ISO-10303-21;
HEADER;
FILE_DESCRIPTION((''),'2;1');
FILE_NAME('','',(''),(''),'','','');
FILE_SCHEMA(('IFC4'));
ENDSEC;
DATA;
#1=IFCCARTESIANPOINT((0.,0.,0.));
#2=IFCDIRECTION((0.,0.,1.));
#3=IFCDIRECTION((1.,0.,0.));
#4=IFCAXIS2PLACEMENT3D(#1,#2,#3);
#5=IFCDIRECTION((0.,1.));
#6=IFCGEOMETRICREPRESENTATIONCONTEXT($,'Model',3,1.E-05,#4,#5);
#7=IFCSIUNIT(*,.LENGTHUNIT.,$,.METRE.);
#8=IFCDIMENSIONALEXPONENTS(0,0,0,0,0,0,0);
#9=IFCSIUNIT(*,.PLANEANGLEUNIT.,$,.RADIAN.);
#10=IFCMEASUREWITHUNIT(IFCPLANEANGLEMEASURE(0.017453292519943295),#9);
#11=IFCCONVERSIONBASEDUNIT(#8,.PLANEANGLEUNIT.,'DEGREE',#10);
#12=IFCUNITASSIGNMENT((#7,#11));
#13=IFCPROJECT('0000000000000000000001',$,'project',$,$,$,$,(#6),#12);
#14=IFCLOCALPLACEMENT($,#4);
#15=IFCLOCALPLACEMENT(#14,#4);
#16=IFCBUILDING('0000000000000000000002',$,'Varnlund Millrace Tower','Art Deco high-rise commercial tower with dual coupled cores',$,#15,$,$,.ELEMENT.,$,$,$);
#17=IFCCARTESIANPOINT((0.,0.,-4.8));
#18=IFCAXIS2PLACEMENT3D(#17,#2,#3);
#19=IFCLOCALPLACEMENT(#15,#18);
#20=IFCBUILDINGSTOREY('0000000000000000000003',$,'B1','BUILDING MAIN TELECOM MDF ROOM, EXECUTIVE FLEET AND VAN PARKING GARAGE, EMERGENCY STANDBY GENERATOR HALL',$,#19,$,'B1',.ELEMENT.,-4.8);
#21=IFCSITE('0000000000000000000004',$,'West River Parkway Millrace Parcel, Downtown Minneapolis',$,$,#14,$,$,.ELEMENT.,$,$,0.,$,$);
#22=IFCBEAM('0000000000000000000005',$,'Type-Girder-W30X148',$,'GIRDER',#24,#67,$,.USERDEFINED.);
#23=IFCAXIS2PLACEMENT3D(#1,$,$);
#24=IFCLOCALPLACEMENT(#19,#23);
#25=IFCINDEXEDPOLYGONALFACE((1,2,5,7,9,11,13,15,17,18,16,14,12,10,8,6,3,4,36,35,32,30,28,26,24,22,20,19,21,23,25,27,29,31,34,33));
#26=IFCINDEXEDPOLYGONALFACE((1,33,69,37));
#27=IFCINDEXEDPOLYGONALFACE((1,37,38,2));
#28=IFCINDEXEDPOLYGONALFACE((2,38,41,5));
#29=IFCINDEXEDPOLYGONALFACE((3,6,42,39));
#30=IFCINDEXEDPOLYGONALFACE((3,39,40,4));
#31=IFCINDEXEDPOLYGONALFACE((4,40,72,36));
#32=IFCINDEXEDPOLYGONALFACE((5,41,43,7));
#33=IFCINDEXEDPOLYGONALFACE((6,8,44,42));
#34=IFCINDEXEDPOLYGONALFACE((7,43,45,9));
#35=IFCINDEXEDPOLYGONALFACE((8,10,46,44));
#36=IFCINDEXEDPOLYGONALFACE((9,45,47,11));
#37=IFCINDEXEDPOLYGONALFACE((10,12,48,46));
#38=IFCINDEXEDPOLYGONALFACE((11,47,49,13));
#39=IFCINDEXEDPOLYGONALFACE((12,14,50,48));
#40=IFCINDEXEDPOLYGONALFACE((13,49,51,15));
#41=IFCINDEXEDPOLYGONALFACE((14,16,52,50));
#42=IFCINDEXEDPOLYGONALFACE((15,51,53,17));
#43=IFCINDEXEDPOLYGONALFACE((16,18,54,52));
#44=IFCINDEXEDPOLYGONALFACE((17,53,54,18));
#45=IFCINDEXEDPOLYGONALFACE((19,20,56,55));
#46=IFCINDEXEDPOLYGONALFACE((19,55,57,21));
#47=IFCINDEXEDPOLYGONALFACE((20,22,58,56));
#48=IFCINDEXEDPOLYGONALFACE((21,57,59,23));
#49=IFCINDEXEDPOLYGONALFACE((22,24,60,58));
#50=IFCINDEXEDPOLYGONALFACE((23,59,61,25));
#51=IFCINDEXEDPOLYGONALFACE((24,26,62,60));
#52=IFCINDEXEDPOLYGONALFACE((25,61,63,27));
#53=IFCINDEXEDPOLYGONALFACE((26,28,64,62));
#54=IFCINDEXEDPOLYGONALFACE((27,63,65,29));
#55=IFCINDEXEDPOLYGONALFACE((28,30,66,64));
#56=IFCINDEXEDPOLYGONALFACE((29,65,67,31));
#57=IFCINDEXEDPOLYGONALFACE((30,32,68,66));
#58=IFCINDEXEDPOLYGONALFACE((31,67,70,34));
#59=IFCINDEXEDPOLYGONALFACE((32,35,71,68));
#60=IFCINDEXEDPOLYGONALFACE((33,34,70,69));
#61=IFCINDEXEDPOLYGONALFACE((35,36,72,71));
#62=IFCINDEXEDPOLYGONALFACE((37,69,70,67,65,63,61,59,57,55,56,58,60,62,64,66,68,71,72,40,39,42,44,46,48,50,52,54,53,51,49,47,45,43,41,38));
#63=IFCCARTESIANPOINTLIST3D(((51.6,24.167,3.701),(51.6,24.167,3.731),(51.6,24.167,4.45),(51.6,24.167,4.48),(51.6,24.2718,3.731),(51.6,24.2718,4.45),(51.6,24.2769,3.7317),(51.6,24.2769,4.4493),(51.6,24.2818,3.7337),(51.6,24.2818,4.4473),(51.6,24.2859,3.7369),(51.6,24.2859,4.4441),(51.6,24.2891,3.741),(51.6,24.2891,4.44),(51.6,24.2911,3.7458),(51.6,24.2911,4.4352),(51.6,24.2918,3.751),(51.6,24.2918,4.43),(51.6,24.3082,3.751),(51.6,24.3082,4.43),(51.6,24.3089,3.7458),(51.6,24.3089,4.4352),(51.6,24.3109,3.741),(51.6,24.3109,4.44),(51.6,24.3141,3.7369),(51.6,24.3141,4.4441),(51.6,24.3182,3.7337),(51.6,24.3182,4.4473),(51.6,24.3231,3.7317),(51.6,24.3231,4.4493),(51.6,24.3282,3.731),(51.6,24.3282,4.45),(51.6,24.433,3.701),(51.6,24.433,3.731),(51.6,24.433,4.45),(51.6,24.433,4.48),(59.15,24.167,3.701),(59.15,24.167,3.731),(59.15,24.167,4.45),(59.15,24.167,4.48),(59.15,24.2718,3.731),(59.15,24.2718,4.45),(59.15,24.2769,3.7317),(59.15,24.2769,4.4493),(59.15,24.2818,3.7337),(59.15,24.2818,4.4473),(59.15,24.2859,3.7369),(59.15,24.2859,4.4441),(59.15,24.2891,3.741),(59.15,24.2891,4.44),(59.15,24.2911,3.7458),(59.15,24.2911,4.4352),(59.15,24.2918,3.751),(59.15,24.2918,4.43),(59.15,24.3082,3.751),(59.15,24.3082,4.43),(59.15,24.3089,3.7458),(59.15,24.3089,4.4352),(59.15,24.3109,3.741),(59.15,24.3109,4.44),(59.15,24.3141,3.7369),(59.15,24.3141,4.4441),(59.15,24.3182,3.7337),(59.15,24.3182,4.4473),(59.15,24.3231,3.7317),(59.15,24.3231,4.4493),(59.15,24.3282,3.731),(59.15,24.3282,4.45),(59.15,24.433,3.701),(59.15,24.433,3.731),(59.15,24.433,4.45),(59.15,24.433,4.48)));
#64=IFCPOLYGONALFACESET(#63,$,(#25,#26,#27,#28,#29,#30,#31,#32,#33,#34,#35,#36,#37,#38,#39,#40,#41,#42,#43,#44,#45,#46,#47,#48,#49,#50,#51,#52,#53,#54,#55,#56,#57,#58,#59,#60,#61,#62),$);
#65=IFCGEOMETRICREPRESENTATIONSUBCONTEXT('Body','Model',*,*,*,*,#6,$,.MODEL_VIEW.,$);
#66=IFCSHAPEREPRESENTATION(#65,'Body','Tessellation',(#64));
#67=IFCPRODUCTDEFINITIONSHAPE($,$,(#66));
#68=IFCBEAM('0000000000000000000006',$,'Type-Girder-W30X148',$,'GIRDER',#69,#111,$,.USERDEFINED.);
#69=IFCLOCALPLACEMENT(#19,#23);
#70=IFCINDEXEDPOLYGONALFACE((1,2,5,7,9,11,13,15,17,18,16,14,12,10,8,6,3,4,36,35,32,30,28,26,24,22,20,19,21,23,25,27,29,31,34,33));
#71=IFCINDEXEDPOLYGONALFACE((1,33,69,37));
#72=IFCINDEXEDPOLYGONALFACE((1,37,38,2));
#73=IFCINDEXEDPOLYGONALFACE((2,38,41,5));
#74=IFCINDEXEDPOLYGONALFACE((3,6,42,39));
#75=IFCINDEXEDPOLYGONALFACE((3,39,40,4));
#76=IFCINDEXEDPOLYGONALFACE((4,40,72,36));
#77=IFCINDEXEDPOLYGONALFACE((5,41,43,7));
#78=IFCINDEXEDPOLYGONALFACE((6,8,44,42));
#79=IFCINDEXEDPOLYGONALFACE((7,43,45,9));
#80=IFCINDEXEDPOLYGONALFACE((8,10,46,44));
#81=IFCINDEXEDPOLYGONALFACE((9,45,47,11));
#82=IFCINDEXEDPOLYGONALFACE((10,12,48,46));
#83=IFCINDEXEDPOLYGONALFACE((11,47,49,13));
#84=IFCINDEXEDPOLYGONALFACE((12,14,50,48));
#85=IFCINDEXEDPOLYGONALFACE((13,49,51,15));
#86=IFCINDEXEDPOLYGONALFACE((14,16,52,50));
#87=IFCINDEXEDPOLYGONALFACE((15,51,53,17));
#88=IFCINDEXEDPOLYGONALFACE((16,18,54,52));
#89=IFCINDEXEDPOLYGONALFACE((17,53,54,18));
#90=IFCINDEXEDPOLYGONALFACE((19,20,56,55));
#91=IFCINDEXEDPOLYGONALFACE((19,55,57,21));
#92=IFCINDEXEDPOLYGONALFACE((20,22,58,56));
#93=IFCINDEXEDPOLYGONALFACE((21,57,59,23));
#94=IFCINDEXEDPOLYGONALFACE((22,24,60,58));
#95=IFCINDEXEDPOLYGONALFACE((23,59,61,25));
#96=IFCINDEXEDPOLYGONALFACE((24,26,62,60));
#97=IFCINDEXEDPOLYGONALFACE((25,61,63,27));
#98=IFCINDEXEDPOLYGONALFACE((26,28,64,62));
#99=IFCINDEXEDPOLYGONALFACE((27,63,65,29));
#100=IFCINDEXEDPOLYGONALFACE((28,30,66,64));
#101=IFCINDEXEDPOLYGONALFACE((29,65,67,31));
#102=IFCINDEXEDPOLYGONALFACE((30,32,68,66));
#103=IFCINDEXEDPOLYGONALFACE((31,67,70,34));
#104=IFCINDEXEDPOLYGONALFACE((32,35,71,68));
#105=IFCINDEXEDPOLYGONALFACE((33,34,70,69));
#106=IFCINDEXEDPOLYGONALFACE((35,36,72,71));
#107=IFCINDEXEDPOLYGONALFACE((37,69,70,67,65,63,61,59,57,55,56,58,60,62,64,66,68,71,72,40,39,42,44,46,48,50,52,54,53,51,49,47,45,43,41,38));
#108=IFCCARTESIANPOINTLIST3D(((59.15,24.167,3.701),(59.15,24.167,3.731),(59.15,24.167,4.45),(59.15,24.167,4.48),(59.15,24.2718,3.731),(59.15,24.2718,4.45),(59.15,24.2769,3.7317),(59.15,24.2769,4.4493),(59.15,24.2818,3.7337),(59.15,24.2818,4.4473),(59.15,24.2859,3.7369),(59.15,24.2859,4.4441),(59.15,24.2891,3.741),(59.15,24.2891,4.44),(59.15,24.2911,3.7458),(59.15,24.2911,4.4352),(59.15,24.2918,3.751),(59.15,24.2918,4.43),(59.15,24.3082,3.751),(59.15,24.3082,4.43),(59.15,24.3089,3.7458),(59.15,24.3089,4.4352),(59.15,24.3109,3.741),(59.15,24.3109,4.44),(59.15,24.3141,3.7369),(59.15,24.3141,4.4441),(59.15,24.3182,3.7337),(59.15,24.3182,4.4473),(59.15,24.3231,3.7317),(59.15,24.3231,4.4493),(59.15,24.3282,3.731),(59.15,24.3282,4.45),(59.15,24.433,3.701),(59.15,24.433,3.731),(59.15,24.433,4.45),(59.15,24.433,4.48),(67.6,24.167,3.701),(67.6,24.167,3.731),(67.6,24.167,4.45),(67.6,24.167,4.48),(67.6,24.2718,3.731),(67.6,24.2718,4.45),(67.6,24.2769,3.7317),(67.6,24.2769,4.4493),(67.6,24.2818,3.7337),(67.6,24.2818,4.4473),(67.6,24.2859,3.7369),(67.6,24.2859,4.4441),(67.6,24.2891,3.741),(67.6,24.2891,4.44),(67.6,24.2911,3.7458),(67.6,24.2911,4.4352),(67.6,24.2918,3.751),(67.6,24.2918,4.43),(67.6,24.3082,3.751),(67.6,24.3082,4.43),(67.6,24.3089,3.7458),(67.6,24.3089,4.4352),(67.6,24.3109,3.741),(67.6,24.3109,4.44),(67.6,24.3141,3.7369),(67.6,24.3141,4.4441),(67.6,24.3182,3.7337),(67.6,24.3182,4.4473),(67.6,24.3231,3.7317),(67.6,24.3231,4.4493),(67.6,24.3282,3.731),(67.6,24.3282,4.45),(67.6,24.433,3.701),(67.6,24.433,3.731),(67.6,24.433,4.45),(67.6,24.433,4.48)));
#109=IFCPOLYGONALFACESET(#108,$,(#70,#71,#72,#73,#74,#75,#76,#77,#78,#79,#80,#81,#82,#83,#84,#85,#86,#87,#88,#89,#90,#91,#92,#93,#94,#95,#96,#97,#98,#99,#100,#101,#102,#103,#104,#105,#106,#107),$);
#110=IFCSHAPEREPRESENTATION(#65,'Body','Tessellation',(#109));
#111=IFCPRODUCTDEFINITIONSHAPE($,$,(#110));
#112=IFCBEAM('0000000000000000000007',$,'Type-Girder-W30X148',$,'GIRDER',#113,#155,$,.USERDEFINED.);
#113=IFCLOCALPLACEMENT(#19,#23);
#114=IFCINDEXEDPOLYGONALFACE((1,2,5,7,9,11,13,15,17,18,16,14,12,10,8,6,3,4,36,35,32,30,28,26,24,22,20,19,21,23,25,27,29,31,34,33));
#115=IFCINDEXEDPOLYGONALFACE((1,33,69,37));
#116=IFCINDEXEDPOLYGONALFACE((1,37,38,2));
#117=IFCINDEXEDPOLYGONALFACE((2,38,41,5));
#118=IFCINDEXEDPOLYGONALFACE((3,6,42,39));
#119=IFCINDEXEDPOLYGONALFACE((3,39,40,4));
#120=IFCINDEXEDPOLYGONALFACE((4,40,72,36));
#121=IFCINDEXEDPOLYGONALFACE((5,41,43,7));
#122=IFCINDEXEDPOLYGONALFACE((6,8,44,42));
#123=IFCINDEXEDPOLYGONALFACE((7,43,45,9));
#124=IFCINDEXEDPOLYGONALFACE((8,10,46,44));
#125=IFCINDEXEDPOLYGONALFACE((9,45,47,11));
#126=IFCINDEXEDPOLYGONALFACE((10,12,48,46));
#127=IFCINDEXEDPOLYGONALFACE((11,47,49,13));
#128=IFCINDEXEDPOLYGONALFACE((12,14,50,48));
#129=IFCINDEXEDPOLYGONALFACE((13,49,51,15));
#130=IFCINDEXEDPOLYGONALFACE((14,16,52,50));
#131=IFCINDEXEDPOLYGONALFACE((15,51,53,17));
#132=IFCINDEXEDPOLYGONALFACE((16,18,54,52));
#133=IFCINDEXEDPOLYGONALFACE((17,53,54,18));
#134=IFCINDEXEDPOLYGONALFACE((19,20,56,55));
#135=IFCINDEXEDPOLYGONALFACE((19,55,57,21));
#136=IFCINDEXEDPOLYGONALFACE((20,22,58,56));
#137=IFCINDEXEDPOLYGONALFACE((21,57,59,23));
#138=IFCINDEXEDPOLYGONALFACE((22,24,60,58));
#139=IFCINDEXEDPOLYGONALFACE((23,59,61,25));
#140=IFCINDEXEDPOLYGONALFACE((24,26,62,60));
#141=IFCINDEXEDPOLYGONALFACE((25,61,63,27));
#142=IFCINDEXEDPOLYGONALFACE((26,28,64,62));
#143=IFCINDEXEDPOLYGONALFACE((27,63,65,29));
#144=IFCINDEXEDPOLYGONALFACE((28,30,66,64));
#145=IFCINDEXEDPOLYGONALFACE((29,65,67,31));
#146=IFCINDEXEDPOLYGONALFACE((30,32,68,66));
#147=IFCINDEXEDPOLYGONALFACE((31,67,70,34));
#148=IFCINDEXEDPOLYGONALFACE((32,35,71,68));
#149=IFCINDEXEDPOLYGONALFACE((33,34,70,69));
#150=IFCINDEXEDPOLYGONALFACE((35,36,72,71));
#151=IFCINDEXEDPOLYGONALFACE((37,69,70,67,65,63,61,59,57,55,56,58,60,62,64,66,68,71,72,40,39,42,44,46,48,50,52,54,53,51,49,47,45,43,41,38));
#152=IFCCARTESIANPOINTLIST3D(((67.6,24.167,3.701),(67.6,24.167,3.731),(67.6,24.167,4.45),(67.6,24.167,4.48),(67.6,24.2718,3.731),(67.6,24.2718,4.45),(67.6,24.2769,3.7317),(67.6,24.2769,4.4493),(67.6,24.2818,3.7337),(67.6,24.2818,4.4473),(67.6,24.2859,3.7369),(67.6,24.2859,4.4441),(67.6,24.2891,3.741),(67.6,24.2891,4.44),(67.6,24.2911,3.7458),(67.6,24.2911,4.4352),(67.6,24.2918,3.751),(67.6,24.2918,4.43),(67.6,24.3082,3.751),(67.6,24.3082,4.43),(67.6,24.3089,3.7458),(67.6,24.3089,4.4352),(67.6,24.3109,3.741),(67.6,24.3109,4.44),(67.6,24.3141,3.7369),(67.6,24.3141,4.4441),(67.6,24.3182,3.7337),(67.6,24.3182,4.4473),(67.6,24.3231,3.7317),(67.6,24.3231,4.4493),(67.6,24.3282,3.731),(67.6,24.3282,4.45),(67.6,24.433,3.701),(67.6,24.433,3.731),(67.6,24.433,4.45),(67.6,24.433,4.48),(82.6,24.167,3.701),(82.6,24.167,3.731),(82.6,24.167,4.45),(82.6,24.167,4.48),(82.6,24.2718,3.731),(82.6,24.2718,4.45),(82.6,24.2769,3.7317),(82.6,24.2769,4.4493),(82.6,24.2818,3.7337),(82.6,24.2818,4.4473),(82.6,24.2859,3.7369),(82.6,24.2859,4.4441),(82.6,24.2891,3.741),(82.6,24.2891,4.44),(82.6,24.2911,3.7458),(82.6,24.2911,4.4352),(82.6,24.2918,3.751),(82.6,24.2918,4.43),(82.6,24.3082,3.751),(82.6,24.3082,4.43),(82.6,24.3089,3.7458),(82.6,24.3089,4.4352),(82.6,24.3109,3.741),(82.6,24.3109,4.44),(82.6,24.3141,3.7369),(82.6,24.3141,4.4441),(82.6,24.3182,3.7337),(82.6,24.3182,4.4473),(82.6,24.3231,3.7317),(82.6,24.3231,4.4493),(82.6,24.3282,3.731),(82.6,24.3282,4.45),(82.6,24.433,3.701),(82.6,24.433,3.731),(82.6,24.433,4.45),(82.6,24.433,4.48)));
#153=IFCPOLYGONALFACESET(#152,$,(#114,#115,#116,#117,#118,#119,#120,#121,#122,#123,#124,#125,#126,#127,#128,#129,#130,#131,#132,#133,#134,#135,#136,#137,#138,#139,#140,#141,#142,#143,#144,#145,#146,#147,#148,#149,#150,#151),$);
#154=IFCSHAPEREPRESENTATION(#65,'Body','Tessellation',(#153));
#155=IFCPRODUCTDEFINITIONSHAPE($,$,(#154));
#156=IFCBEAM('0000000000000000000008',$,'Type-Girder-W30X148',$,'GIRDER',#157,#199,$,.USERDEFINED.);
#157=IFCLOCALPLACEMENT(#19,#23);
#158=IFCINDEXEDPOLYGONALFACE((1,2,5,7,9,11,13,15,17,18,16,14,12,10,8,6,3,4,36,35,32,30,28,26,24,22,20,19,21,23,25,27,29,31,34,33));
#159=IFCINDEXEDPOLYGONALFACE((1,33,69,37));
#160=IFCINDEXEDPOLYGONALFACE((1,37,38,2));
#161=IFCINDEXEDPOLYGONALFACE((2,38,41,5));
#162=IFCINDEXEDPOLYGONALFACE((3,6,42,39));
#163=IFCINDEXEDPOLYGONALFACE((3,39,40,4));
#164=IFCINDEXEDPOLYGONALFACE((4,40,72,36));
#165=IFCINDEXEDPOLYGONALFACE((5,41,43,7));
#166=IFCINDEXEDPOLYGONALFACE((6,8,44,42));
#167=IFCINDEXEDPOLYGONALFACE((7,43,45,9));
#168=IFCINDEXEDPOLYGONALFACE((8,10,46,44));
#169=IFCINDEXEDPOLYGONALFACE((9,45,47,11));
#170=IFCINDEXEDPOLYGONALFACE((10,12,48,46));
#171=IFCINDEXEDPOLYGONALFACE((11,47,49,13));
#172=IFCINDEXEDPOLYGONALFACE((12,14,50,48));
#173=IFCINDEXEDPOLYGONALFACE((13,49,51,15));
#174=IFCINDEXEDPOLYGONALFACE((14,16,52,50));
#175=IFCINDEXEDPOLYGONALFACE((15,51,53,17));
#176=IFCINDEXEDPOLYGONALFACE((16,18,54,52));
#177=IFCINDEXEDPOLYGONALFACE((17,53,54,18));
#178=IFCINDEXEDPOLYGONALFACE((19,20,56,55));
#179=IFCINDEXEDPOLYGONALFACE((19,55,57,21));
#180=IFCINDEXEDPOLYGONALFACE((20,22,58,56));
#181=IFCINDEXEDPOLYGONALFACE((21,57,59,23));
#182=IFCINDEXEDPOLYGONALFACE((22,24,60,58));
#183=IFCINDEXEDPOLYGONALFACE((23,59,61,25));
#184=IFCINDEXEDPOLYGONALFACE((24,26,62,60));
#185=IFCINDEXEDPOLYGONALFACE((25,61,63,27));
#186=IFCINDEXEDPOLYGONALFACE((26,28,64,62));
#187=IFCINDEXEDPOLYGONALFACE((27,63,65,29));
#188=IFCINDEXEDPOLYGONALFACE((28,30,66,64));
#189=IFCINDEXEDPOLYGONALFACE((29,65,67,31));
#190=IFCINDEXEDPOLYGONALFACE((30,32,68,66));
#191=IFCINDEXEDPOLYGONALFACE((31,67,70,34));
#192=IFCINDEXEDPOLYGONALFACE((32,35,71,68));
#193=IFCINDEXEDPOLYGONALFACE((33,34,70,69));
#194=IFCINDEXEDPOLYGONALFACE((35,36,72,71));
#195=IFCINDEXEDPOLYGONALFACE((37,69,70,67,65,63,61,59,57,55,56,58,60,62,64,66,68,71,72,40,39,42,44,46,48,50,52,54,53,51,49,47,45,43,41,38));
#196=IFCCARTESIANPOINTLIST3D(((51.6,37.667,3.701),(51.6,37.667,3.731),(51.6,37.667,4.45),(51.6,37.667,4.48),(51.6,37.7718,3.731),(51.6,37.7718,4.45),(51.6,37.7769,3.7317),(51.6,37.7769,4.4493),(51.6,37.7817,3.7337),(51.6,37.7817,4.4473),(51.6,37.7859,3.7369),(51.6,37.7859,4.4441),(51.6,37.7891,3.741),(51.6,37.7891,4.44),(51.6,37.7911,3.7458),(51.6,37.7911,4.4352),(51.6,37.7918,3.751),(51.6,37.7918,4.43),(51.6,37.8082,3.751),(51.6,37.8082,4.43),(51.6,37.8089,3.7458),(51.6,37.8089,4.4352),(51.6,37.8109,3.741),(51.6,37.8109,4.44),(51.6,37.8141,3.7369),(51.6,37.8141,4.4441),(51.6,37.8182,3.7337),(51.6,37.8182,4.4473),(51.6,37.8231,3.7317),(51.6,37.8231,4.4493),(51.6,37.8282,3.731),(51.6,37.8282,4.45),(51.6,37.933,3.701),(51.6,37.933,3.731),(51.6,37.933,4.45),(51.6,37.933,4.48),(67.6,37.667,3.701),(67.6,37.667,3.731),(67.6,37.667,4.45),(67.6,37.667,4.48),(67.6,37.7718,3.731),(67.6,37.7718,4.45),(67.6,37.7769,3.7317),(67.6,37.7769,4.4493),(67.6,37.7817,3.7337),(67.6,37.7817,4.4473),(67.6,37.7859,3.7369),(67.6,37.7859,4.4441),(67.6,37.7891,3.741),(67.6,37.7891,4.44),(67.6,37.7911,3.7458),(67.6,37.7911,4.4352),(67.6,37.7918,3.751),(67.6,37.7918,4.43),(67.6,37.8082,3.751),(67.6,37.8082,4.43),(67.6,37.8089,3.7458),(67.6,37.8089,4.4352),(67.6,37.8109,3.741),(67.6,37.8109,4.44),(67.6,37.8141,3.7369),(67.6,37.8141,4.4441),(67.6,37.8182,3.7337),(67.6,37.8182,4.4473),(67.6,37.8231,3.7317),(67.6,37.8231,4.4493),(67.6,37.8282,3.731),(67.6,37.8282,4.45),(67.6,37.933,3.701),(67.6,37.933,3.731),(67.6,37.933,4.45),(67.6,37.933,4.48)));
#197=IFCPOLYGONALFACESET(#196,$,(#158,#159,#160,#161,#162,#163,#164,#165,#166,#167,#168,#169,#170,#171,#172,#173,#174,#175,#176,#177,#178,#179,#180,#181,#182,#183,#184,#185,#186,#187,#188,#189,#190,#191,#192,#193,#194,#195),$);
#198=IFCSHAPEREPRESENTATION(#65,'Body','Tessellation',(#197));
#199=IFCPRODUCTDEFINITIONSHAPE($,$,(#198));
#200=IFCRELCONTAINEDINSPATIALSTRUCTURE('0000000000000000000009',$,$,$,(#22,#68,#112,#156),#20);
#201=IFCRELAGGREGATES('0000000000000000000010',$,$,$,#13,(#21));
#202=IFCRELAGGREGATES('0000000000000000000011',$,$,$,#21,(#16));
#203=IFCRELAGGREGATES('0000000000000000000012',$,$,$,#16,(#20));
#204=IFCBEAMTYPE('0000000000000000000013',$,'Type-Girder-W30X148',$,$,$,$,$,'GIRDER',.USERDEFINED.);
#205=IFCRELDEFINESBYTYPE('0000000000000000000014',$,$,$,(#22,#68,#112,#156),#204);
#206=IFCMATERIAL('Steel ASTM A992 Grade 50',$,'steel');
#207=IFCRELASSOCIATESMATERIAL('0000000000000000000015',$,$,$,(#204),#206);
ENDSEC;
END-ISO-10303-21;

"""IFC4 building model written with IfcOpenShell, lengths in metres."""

from ifc_helpers import new_model, entity, si_unit, converted_unit, direction, frame, origin_with_axes, origin_2d_with_axis, place, context, subcontext, project, spatial, i_section, extrude, material, material_profile, profile_set, type_object, element, save


model = new_model("IFC4")

# Units and contexts
model_context = context("Model", 3, precision=1e-05, world=origin_with_axes(), true_north=direction((0.0, 1.0)))
body_context = subcontext(model_context, "Body", "Model", "MODEL_VIEW")
ifc_project = project(units=[si_unit("LENGTHUNIT", "METRE"), converted_unit("PLANEANGLEUNIT", "DEGREE", entity("IfcPlaneAngleMeasure", 0.017453292519943295), si_unit("PLANEANGLEUNIT", "RADIAN"), dimensions=[0, 0, 0, 0, 0, 0, 0])], contexts=[model_context])

# Site, building, storey
site_placement = place(None, origin_with_axes())
site = spatial("IfcSite", under=ifc_project, at=site_placement, Name="West River Parkway Millrace Parcel, Downtown Minneapolis", CompositionType="ELEMENT", RefElevation=0.0)
building_placement = place(site_placement, origin_with_axes())
building = spatial("IfcBuilding", under=site, at=building_placement, Name="Varnlund Millrace Tower", Description="Art Deco high-rise commercial tower with dual coupled cores", CompositionType="ELEMENT")
storey_placement = place(building_placement, frame((0.0, 0.0, -4.8), z_axis=(0.0, 0.0, 1.0), x_axis=(1.0, 0.0, 0.0)))
storey = spatial("IfcBuildingStorey", under=building, at=storey_placement, Name="B1", Description="BUILDING MAIN TELECOM MDF ROOM, EXECUTIVE FLEET AND VAN PARKING GARAGE, EMERGENCY STANDBY GENERATOR HALL", LongName="B1", CompositionType="ELEMENT", Elevation=-4.8)

# Beams
ifc_material_1 = material(Name="Steel ASTM A992 Grade 50", Category="steel")
ifc_material_profile_1 = material_profile(ifc_material_1, i_section(OverallWidth=0.266, OverallDepth=0.779, WebThickness=0.0165, FlangeThickness=0.03, FilletRadius=0.02, at=origin_2d_with_axis()), Name="Steel ASTM A992 Grade 50")
ifc_profile_set_1 = profile_set([ifc_material_profile_1], Name="Steel ASTM A992 Grade 50")
beam_type_1 = type_object("IfcBeamType", Name="Type-Girder-W30X148", ElementType="GIRDER", PredefinedType="USERDEFINED", material=ifc_profile_set_1)
beam_1_placement = place(storey_placement, frame((51.6, 24.3, 4.0905), z_axis=(1.0, 0.0, 0.0), x_axis=(0.0, 1.0, 0.0)))
element("IfcBeam", 1, at=beam_1_placement, inside=storey, type_object=beam_type_1, Name="Type-Girder-W30X148", ObjectType="GIRDER", PredefinedType="USERDEFINED", context=body_context, shape_type="SweptSolid", body=[
    extrude(i_section(OverallWidth=0.266, OverallDepth=0.779, WebThickness=0.0165, FlangeThickness=0.03, FilletRadius=0.02, at=origin_2d_with_axis()), origin_with_axes(), (0.0, 0.0, 1.0), 7.55),
])
beam_2_placement = place(storey_placement, frame((59.15, 24.3, 4.0905), z_axis=(1.0, 0.0, 0.0), x_axis=(0.0, 1.0, 0.0)))
element("IfcBeam", 2, at=beam_2_placement, inside=storey, type_object=beam_type_1, Name="Type-Girder-W30X148", ObjectType="GIRDER", PredefinedType="USERDEFINED", context=body_context, shape_type="SweptSolid", body=[
    extrude(i_section(OverallWidth=0.266, OverallDepth=0.779, WebThickness=0.0165, FlangeThickness=0.03, FilletRadius=0.02, at=origin_2d_with_axis()), origin_with_axes(), (0.0, 0.0, 1.0), 8.45),
])
beam_3_placement = place(storey_placement, frame((67.6, 24.3, 4.0905), z_axis=(1.0, 0.0, 0.0), x_axis=(0.0, 1.0, 0.0)))
element("IfcBeam", 3, at=beam_3_placement, inside=storey, type_object=beam_type_1, Name="Type-Girder-W30X148", ObjectType="GIRDER", PredefinedType="USERDEFINED", context=body_context, shape_type="SweptSolid", body=[
    extrude(i_section(OverallWidth=0.266, OverallDepth=0.779, WebThickness=0.0165, FlangeThickness=0.03, FilletRadius=0.02, at=origin_2d_with_axis()), origin_with_axes(), (0.0, 0.0, 1.0), 15.0),
])
beam_4_placement = place(storey_placement, frame((51.6, 37.8, 4.0905), z_axis=(1.0, 0.0, 0.0), x_axis=(0.0, 1.0, 0.0)))
element("IfcBeam", 4, at=beam_4_placement, inside=storey, type_object=beam_type_1, Name="Type-Girder-W30X148", ObjectType="GIRDER", PredefinedType="USERDEFINED", context=body_context, shape_type="SweptSolid", body=[
    extrude(i_section(OverallWidth=0.266, OverallDepth=0.779, WebThickness=0.0165, FlangeThickness=0.03, FilletRadius=0.02, at=origin_2d_with_axis()), origin_with_axes(), (0.0, 0.0, 1.0), 16.0),
])

save(model, "model.ifc")
